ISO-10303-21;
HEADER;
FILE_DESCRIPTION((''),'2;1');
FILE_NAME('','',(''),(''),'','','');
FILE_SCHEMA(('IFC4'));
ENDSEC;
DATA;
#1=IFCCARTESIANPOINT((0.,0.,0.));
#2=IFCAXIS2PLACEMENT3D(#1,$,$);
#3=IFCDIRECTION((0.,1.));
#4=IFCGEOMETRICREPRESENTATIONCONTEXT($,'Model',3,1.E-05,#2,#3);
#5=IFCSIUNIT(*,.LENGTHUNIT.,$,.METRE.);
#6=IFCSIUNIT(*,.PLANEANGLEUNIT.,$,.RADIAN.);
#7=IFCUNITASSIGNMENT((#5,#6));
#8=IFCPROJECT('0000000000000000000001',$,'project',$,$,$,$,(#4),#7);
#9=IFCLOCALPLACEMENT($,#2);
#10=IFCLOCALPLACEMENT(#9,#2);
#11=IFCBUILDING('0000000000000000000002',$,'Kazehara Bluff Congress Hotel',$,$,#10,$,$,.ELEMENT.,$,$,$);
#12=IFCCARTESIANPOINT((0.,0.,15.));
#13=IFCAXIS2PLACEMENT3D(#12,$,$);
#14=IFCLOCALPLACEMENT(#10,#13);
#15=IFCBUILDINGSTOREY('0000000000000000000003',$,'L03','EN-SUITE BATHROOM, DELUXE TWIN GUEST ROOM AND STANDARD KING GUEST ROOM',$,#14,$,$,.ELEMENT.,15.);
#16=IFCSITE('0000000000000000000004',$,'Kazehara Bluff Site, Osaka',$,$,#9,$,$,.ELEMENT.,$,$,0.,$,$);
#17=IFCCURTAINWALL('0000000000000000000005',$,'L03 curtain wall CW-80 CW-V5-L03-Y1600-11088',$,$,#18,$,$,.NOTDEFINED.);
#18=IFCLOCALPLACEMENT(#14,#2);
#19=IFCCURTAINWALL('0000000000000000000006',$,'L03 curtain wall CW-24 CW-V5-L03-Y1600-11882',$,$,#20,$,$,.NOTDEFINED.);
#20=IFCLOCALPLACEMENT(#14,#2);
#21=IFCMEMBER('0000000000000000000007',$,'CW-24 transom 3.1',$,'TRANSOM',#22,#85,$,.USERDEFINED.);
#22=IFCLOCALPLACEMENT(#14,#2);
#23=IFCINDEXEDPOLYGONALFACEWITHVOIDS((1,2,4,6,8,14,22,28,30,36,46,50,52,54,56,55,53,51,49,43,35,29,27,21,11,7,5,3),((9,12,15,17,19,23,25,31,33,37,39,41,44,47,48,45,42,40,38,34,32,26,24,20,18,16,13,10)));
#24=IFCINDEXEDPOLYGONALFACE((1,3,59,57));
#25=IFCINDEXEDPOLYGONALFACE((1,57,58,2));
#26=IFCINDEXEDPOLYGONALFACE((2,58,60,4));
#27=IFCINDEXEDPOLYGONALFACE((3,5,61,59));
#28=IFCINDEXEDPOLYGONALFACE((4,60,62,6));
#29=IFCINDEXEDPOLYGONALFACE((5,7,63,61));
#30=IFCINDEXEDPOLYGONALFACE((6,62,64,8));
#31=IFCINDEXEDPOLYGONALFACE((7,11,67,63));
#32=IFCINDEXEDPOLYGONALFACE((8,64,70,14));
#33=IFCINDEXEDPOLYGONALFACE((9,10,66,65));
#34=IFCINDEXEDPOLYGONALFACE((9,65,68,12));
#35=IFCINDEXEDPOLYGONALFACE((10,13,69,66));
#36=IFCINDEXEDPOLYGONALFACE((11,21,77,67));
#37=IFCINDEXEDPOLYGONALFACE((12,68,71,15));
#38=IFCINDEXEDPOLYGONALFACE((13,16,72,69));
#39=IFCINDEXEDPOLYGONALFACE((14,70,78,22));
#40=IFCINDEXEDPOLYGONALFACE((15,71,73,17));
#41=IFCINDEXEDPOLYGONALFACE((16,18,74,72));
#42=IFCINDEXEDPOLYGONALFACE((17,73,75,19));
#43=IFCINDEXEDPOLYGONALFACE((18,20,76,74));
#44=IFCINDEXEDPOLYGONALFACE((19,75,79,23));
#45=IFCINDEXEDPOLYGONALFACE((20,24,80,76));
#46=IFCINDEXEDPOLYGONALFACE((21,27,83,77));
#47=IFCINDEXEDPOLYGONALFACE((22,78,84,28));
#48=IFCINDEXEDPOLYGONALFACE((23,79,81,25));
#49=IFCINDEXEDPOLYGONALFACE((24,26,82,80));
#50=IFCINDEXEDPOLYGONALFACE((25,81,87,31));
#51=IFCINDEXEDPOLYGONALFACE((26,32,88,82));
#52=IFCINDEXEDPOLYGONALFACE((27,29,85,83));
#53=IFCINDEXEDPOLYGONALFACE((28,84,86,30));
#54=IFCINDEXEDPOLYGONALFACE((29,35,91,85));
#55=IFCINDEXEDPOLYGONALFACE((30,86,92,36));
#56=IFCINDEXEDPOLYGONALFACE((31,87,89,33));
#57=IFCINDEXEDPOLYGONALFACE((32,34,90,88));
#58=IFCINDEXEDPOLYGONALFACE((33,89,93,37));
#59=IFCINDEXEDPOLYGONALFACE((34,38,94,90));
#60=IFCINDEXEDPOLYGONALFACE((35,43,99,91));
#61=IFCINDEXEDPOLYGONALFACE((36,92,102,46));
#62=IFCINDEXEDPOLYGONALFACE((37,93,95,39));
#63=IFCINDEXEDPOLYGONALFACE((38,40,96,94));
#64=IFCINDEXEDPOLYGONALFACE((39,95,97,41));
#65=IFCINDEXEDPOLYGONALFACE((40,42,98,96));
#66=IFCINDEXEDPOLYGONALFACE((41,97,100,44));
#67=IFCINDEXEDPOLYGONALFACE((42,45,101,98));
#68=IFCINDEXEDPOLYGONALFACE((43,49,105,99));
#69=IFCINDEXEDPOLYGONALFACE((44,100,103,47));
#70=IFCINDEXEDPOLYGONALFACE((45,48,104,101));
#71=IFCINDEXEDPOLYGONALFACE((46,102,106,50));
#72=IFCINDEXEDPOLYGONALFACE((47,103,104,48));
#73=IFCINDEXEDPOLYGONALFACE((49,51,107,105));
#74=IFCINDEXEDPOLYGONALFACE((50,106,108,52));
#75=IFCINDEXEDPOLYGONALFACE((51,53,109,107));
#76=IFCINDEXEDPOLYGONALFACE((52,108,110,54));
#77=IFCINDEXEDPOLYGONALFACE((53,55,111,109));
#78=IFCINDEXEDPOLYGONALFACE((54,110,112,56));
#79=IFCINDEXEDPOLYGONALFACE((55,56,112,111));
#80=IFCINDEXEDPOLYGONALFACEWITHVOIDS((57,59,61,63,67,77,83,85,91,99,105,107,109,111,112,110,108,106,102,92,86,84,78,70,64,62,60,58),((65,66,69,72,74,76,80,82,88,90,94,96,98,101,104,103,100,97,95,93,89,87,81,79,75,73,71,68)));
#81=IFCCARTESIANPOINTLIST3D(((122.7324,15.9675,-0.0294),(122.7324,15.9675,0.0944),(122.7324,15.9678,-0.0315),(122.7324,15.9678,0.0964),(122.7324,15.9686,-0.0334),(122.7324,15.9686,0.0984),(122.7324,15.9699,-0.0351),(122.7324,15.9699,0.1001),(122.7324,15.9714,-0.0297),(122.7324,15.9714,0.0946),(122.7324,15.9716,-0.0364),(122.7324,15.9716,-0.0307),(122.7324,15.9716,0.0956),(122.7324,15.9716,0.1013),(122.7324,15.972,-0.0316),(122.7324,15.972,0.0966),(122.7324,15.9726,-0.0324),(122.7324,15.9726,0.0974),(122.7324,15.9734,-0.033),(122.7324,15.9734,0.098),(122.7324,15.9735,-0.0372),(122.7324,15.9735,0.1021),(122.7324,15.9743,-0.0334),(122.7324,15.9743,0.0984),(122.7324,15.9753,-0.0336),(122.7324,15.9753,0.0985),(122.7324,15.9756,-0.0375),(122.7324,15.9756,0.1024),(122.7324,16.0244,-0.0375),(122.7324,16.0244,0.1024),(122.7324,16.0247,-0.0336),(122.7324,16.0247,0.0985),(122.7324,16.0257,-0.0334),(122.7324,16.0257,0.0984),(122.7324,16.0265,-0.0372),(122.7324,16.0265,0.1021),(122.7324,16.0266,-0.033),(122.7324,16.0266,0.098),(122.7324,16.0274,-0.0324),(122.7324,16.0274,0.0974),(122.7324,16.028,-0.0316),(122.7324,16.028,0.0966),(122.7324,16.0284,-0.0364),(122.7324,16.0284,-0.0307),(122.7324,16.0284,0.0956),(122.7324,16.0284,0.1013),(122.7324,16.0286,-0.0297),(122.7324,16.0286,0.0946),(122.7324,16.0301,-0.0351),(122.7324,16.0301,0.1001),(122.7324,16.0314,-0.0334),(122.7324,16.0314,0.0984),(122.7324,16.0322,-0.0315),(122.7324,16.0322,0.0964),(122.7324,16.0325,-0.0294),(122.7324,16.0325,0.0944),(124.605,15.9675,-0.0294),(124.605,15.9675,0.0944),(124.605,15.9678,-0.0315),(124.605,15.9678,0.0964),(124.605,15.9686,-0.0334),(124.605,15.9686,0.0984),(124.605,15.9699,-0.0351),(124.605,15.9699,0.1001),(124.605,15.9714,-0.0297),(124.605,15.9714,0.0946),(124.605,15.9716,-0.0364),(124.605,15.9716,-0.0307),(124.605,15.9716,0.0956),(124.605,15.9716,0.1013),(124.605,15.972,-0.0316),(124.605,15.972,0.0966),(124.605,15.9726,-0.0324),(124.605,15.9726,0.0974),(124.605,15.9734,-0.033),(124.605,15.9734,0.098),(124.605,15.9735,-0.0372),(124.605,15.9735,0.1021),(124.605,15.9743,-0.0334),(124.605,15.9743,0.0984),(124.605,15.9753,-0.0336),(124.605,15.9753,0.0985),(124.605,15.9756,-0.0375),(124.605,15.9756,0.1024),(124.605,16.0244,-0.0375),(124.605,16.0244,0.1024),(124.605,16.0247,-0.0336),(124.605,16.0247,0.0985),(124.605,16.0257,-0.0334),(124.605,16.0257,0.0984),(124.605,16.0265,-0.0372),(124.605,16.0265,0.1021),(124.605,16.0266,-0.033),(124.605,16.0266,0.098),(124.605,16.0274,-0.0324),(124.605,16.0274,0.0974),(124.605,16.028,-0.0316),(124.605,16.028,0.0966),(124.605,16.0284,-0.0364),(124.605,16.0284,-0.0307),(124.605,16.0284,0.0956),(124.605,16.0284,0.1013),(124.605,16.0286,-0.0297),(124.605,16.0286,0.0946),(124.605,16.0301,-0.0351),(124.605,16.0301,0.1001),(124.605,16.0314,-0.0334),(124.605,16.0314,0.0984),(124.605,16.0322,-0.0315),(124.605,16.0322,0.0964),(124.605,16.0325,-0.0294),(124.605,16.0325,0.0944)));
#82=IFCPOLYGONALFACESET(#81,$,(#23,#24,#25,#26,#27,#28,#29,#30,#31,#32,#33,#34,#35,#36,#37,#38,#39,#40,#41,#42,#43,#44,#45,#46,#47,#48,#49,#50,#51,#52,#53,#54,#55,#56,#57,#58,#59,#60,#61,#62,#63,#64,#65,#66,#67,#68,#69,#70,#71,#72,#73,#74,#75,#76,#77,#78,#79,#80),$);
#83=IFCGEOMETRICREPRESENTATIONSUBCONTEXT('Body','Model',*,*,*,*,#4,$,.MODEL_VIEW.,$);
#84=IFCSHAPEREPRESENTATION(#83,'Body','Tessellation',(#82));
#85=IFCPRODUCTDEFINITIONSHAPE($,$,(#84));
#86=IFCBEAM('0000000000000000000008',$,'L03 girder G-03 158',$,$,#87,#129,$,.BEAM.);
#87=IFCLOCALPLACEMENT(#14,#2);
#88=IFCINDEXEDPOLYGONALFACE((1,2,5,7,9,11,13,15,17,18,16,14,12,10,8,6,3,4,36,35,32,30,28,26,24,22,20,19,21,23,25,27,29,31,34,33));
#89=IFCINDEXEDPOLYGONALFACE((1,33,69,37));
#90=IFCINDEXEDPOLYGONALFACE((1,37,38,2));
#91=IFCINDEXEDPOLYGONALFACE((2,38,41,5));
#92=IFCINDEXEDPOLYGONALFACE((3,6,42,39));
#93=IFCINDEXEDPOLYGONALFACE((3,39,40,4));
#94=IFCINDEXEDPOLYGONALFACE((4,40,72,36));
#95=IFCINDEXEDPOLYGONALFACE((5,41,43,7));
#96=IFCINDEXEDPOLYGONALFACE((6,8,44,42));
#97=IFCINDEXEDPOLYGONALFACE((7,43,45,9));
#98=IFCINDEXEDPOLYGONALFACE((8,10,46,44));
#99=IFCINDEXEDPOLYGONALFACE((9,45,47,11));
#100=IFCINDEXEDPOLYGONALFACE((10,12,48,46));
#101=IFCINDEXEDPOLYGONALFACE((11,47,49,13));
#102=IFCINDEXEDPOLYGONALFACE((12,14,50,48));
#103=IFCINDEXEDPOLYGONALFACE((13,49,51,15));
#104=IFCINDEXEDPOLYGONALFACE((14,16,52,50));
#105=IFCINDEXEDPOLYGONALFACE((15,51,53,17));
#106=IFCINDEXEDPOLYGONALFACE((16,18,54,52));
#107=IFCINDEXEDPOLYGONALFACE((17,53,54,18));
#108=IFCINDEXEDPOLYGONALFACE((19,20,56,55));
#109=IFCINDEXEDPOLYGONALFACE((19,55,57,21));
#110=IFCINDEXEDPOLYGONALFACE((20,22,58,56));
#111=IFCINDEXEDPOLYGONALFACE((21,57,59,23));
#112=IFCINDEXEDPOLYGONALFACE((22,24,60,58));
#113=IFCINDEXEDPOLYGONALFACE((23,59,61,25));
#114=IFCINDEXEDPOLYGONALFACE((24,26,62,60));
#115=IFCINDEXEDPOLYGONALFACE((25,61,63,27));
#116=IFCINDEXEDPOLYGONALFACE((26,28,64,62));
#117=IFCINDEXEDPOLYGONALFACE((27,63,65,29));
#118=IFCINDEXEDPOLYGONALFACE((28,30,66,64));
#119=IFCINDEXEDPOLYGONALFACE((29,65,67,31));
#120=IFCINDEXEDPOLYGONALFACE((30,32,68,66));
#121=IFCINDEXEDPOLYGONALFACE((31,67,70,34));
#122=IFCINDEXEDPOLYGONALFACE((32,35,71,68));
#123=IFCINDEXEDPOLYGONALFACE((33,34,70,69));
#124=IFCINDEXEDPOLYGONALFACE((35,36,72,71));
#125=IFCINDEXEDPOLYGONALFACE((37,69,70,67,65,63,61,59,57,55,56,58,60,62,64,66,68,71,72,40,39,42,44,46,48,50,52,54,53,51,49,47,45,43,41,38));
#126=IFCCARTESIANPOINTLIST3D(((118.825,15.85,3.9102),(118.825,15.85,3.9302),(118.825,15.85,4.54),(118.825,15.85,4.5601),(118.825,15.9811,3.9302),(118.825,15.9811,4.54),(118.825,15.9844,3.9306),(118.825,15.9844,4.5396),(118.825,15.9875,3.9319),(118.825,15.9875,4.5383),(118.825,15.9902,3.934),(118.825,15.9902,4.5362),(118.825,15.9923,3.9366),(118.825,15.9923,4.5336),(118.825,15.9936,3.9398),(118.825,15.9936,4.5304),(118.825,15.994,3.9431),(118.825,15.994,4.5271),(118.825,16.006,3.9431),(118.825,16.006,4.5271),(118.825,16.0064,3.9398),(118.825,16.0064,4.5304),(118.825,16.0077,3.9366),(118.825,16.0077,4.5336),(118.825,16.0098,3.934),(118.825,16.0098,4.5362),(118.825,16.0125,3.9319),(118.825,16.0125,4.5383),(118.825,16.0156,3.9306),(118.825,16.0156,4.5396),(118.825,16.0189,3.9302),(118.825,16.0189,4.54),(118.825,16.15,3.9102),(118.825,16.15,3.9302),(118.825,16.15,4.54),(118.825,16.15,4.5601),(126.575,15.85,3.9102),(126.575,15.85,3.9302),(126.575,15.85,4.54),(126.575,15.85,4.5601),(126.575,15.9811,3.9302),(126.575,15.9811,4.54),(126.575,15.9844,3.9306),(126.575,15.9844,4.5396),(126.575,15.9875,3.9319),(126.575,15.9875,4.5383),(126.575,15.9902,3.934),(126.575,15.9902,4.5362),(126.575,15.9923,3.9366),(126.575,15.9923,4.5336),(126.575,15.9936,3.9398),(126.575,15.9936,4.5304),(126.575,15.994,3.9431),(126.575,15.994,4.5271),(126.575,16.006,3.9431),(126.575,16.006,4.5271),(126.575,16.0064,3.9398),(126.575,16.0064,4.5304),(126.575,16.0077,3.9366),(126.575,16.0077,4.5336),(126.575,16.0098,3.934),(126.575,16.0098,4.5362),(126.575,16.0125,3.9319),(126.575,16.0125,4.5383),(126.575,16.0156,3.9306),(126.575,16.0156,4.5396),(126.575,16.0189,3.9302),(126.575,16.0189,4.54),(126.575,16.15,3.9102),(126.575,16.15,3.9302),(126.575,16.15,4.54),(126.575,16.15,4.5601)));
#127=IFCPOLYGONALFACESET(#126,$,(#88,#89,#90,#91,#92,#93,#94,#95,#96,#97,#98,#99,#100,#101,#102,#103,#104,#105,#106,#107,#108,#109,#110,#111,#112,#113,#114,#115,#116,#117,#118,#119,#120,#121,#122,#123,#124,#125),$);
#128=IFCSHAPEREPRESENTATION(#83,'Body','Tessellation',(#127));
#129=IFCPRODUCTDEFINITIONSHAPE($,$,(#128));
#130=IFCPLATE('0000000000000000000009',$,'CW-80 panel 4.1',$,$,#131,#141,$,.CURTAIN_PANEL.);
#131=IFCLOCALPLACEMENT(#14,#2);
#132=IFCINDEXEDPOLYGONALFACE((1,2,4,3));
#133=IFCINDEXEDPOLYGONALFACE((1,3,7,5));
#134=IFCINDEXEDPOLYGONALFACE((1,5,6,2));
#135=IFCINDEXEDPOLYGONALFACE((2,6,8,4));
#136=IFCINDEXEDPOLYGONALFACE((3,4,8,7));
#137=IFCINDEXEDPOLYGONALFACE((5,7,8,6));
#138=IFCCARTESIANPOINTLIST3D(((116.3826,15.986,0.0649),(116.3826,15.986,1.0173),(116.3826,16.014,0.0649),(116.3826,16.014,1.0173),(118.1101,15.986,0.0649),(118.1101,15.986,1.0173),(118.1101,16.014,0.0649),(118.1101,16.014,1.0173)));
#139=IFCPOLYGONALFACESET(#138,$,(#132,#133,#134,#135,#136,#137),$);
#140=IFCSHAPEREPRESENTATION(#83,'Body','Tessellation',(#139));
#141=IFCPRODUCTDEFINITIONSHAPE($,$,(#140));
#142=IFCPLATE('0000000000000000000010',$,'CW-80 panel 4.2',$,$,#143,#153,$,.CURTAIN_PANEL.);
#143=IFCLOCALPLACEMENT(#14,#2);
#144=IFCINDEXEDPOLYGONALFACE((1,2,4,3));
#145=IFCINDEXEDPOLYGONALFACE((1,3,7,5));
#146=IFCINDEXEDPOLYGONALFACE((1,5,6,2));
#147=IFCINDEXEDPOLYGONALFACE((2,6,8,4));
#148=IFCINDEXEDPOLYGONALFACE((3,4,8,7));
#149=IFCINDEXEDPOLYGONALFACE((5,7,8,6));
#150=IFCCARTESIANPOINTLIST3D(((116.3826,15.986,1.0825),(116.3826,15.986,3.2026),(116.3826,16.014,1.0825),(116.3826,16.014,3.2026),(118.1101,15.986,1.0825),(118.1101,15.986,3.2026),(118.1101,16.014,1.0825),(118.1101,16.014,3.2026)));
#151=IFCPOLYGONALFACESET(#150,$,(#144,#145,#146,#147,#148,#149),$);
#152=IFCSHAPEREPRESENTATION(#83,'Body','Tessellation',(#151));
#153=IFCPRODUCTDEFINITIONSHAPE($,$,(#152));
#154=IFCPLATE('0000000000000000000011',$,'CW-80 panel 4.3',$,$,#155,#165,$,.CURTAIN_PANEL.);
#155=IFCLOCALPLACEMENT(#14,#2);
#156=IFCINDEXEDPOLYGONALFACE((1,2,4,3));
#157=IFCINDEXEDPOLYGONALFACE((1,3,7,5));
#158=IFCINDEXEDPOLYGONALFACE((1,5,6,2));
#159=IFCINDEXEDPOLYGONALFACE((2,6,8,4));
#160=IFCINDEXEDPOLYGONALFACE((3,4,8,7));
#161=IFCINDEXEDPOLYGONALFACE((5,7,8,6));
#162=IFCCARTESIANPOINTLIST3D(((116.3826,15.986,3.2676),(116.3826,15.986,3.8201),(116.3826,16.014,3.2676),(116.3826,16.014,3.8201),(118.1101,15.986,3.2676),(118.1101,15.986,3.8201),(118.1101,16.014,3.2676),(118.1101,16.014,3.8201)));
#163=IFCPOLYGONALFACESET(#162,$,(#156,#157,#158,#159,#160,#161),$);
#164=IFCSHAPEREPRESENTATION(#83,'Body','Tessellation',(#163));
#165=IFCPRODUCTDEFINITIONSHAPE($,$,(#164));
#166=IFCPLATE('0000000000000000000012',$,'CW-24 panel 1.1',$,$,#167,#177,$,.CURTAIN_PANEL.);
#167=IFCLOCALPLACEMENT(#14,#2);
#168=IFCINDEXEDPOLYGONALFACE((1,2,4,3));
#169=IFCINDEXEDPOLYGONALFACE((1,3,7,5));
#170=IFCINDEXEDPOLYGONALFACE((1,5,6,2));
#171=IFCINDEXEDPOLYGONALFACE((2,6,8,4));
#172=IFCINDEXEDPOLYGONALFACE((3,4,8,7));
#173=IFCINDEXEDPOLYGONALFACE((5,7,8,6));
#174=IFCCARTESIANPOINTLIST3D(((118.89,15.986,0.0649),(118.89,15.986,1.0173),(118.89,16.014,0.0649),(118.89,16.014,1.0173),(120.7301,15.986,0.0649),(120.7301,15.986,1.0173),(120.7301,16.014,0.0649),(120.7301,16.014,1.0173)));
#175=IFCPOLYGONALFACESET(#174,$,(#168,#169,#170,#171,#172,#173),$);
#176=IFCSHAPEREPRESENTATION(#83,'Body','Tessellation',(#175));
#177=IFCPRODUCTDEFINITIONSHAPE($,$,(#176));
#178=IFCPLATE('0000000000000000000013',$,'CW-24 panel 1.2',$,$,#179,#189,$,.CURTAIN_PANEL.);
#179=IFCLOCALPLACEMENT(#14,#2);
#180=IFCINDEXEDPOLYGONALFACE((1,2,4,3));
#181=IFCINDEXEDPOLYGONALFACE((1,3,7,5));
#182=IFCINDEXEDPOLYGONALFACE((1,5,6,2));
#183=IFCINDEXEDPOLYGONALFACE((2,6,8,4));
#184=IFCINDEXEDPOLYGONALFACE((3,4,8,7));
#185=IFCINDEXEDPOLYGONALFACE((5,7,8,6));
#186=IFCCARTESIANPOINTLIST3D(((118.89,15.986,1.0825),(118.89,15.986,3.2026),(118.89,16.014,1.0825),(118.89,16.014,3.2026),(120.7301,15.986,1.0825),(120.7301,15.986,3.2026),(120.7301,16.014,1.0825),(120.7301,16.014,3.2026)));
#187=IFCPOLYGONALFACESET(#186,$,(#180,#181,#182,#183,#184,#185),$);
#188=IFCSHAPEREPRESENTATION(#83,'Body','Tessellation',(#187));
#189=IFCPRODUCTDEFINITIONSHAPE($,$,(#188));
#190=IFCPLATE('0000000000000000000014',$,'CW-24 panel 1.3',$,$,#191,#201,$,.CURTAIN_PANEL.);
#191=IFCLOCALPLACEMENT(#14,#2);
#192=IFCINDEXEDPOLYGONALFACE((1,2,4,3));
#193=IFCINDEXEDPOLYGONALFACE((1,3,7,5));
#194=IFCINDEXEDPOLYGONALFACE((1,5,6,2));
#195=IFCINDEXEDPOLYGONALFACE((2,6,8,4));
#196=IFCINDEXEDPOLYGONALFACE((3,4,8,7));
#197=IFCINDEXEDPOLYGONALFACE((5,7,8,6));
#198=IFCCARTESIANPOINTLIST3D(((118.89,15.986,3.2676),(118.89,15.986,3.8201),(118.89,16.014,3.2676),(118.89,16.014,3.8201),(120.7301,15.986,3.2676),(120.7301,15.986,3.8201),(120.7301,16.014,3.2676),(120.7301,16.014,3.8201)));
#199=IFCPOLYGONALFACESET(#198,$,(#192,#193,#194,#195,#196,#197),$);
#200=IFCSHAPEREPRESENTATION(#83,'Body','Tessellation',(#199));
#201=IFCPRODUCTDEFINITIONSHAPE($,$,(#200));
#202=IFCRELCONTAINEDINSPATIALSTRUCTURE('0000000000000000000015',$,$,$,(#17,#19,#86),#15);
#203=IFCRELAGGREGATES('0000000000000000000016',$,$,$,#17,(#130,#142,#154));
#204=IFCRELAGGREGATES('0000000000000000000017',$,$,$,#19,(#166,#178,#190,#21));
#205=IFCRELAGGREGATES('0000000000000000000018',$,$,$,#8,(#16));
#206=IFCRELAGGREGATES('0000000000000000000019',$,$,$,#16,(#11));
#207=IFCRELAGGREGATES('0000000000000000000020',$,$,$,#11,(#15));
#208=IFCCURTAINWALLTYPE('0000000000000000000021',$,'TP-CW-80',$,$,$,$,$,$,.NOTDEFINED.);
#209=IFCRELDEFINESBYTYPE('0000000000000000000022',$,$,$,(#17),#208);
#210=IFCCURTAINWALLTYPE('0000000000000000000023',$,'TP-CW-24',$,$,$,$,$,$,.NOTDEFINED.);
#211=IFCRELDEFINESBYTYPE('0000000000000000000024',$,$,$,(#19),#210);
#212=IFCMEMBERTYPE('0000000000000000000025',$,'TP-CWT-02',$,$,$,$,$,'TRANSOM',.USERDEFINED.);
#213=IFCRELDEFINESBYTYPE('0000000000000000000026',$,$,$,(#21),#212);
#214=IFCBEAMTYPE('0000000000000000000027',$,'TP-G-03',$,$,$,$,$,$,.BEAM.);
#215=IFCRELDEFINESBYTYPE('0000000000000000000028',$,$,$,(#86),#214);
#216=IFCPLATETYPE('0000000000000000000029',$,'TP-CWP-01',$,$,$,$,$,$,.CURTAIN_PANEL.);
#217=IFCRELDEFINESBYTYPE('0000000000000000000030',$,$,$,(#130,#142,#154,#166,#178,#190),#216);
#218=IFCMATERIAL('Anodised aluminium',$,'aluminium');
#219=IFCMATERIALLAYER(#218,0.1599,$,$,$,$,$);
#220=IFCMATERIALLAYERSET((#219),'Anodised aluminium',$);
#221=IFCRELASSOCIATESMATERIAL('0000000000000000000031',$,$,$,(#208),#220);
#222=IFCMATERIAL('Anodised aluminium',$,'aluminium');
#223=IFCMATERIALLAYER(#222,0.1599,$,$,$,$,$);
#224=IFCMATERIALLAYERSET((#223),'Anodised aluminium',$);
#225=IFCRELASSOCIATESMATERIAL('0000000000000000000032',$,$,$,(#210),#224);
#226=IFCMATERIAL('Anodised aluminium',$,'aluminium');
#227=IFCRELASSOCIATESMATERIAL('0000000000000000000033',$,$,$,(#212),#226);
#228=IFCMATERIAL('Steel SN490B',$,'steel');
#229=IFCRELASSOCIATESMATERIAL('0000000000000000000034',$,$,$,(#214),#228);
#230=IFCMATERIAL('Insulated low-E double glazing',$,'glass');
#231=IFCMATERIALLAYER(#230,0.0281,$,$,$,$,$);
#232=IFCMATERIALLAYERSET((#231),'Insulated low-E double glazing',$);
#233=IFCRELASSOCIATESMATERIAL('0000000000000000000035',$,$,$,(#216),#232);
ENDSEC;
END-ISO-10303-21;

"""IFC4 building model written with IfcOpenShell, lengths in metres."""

from ifc_helpers import new_model, si_unit, direction, frame, origin, origin_2d, place, context, subcontext, project, spatial, rectangle, hollow_rectangle, i_section, extrude, material, layer, layer_set, material_profile, profile_set, type_object, element, aggregate, save


model = new_model("IFC4")

# Units and contexts
model_context = context("Model", 3, precision=1e-05, world=origin(), true_north=direction((0.0, 1.0)))
body_context = subcontext(model_context, "Body", "Model", "MODEL_VIEW")
ifc_project = project(units=[si_unit("LENGTHUNIT", "METRE"), si_unit("PLANEANGLEUNIT", "RADIAN")], contexts=[model_context])

# Site, building, storey
site_placement = place(None, origin())
site = spatial("IfcSite", under=ifc_project, at=site_placement, Name="Kazehara Bluff Site, Osaka", CompositionType="ELEMENT", RefElevation=0.0)
building_placement = place(site_placement, origin())
building = spatial("IfcBuilding", under=site, at=building_placement, Name="Kazehara Bluff Congress Hotel", CompositionType="ELEMENT")
storey_placement = place(building_placement, frame((0.0, 0.0, 15.0)))
storey = spatial("IfcBuildingStorey", under=building, at=storey_placement, Name="L03", Description="EN-SUITE BATHROOM, DELUXE TWIN GUEST ROOM AND STANDARD KING GUEST ROOM", CompositionType="ELEMENT", Elevation=15.0)

# Curtain walls
ifc_material_1 = material(Name="Anodised aluminium", Category="aluminium")
ifc_layer_1 = layer(ifc_material_1, 0.1599)
ifc_layer_set_1 = layer_set([ifc_layer_1], Name="Anodised aluminium")
curtain_wall_type_1 = type_object("IfcCurtainWallType", Name="TP-CW-80", PredefinedType="NOTDEFINED", material=ifc_layer_set_1)
curtain_wall_1_placement = place(storey_placement, origin())
curtain_wall_1 = element("IfcCurtainWall", 1, at=curtain_wall_1_placement, inside=storey, type_object=curtain_wall_type_1, Name="L03 curtain wall CW-80 CW-V5-L03-Y1600-11088", PredefinedType="NOTDEFINED")
ifc_material_2 = material(Name="Anodised aluminium", Category="aluminium")
ifc_layer_2 = layer(ifc_material_2, 0.1599)
ifc_layer_set_2 = layer_set([ifc_layer_2], Name="Anodised aluminium")
curtain_wall_type_2 = type_object("IfcCurtainWallType", Name="TP-CW-24", PredefinedType="NOTDEFINED", material=ifc_layer_set_2)
curtain_wall_2_placement = place(storey_placement, origin())
curtain_wall_2 = element("IfcCurtainWall", 2, at=curtain_wall_2_placement, inside=storey, type_object=curtain_wall_type_2, Name="L03 curtain wall CW-24 CW-V5-L03-Y1600-11882", PredefinedType="NOTDEFINED")

# Member
ifc_material_3 = material(Name="Anodised aluminium", Category="aluminium")
ifc_material_profile_1 = material_profile(ifc_material_3, hollow_rectangle(XDim=0.0649, YDim=0.1399, WallThickness=0.0039, InnerFilletRadius=0.0039, OuterFilletRadius=0.0081, at=origin_2d()))
ifc_profile_set_1 = profile_set([ifc_material_profile_1], Name="Anodised aluminium")
member_type_1 = type_object("IfcMemberType", Name="TP-CWT-02", ElementType="TRANSOM", PredefinedType="USERDEFINED", material=ifc_profile_set_1)
member_1_placement = place(storey_placement, frame((122.7324, 16.0, 0.0325), z_axis=(1.0, 0.0, 0.0), x_axis=(0.0, 1.0, 0.0)))
member_1 = element("IfcMember", 3, at=member_1_placement, type_object=member_type_1, Name="CW-24 transom 3.1", ObjectType="TRANSOM", PredefinedType="USERDEFINED", context=body_context, shape_type="SweptSolid", body=[
    extrude(hollow_rectangle(XDim=0.0649, YDim=0.1399, WallThickness=0.0039, InnerFilletRadius=0.0039, OuterFilletRadius=0.0081, at=origin_2d()), origin(), (0.0, 0.0, 1.0), 1.8726),
])

# Beam
ifc_material_4 = material(Name="Steel SN490B", Category="steel")
ifc_material_profile_2 = material_profile(ifc_material_4, i_section(OverallWidth=0.3, OverallDepth=0.6499, WebThickness=0.012, FlangeThickness=0.02, FilletRadius=0.0129, at=origin_2d()))
ifc_profile_set_2 = profile_set([ifc_material_profile_2], Name="Steel SN490B")
beam_type = type_object("IfcBeamType", Name="TP-G-03", PredefinedType="BEAM", material=ifc_profile_set_2)
beam_placement = place(storey_placement, frame((118.825, 16.0, 4.2351), z_axis=(1.0, 0.0, 0.0), x_axis=(0.0, 1.0, 0.0)))
element("IfcBeam", 4, at=beam_placement, inside=storey, type_object=beam_type, Name="L03 girder G-03 158", PredefinedType="BEAM", context=body_context, shape_type="SweptSolid", body=[
    extrude(i_section(OverallWidth=0.3, OverallDepth=0.6499, WebThickness=0.012, FlangeThickness=0.02, FilletRadius=0.0129, at=origin_2d()), origin(), (0.0, 0.0, 1.0), 7.75),
])

# Plates
ifc_material_5 = material(Name="Insulated low-E double glazing", Category="glass")
ifc_layer_3 = layer(ifc_material_5, 0.0281)
ifc_layer_set_3 = layer_set([ifc_layer_3], Name="Insulated low-E double glazing")
plate_type = type_object("IfcPlateType", Name="TP-CWP-01", PredefinedType="CURTAIN_PANEL", material=ifc_layer_set_3)
plate_1_placement = place(storey_placement, frame((117.2463, 16.0, 0.0649), z_axis=(0.0, 0.0, 1.0), x_axis=(1.0, 0.0, 0.0)))
plate_1 = element("IfcPlate", 5, at=plate_1_placement, type_object=plate_type, Name="CW-80 panel 4.1", PredefinedType="CURTAIN_PANEL", context=body_context, shape_type="SweptSolid", body=[
    extrude(rectangle(XDim=1.7275, YDim=0.0281, at=origin_2d()), origin(), (0.0, 0.0, 1.0), 0.9524),
])
plate_2_placement = place(storey_placement, frame((117.2463, 16.0, 1.0825), z_axis=(0.0, 0.0, 1.0), x_axis=(1.0, 0.0, 0.0)))
plate_2 = element("IfcPlate", 6, at=plate_2_placement, type_object=plate_type, Name="CW-80 panel 4.2", PredefinedType="CURTAIN_PANEL", context=body_context, shape_type="SweptSolid", body=[
    extrude(rectangle(XDim=1.7275, YDim=0.0281, at=origin_2d()), origin(), (0.0, 0.0, 1.0), 2.1201),
])
plate_3_placement = place(storey_placement, frame((117.2463, 16.0, 3.2676), z_axis=(0.0, 0.0, 1.0), x_axis=(1.0, 0.0, 0.0)))
plate_3 = element("IfcPlate", 7, at=plate_3_placement, type_object=plate_type, Name="CW-80 panel 4.3", PredefinedType="CURTAIN_PANEL", context=body_context, shape_type="SweptSolid", body=[
    extrude(rectangle(XDim=1.7275, YDim=0.0281, at=origin_2d()), origin(), (0.0, 0.0, 1.0), 0.5525),
])
aggregate(curtain_wall_1, [plate_1, plate_2, plate_3])
plate_4_placement = place(storey_placement, frame((119.8101, 16.0, 0.0649), z_axis=(0.0, 0.0, 1.0), x_axis=(1.0, 0.0, 0.0)))
plate_4 = element("IfcPlate", 8, at=plate_4_placement, type_object=plate_type, Name="CW-24 panel 1.1", PredefinedType="CURTAIN_PANEL", context=body_context, shape_type="SweptSolid", body=[
    extrude(rectangle(XDim=1.8401, YDim=0.0281, at=origin_2d()), origin(), (0.0, 0.0, 1.0), 0.9524),
])
plate_5_placement = place(storey_placement, frame((119.8101, 16.0, 1.0825), z_axis=(0.0, 0.0, 1.0), x_axis=(1.0, 0.0, 0.0)))
plate_5 = element("IfcPlate", 9, at=plate_5_placement, type_object=plate_type, Name="CW-24 panel 1.2", PredefinedType="CURTAIN_PANEL", context=body_context, shape_type="SweptSolid", body=[
    extrude(rectangle(XDim=1.8401, YDim=0.0281, at=origin_2d()), origin(), (0.0, 0.0, 1.0), 2.1201),
])
plate_6_placement = place(storey_placement, frame((119.8101, 16.0, 3.2676), z_axis=(0.0, 0.0, 1.0), x_axis=(1.0, 0.0, 0.0)))
plate_6 = element("IfcPlate", 10, at=plate_6_placement, type_object=plate_type, Name="CW-24 panel 1.3", PredefinedType="CURTAIN_PANEL", context=body_context, shape_type="SweptSolid", body=[
    extrude(rectangle(XDim=1.8401, YDim=0.0281, at=origin_2d()), origin(), (0.0, 0.0, 1.0), 0.5525),
])
aggregate(curtain_wall_2, [plate_4, plate_5, plate_6, member_1])

save(model, "model.ifc")
